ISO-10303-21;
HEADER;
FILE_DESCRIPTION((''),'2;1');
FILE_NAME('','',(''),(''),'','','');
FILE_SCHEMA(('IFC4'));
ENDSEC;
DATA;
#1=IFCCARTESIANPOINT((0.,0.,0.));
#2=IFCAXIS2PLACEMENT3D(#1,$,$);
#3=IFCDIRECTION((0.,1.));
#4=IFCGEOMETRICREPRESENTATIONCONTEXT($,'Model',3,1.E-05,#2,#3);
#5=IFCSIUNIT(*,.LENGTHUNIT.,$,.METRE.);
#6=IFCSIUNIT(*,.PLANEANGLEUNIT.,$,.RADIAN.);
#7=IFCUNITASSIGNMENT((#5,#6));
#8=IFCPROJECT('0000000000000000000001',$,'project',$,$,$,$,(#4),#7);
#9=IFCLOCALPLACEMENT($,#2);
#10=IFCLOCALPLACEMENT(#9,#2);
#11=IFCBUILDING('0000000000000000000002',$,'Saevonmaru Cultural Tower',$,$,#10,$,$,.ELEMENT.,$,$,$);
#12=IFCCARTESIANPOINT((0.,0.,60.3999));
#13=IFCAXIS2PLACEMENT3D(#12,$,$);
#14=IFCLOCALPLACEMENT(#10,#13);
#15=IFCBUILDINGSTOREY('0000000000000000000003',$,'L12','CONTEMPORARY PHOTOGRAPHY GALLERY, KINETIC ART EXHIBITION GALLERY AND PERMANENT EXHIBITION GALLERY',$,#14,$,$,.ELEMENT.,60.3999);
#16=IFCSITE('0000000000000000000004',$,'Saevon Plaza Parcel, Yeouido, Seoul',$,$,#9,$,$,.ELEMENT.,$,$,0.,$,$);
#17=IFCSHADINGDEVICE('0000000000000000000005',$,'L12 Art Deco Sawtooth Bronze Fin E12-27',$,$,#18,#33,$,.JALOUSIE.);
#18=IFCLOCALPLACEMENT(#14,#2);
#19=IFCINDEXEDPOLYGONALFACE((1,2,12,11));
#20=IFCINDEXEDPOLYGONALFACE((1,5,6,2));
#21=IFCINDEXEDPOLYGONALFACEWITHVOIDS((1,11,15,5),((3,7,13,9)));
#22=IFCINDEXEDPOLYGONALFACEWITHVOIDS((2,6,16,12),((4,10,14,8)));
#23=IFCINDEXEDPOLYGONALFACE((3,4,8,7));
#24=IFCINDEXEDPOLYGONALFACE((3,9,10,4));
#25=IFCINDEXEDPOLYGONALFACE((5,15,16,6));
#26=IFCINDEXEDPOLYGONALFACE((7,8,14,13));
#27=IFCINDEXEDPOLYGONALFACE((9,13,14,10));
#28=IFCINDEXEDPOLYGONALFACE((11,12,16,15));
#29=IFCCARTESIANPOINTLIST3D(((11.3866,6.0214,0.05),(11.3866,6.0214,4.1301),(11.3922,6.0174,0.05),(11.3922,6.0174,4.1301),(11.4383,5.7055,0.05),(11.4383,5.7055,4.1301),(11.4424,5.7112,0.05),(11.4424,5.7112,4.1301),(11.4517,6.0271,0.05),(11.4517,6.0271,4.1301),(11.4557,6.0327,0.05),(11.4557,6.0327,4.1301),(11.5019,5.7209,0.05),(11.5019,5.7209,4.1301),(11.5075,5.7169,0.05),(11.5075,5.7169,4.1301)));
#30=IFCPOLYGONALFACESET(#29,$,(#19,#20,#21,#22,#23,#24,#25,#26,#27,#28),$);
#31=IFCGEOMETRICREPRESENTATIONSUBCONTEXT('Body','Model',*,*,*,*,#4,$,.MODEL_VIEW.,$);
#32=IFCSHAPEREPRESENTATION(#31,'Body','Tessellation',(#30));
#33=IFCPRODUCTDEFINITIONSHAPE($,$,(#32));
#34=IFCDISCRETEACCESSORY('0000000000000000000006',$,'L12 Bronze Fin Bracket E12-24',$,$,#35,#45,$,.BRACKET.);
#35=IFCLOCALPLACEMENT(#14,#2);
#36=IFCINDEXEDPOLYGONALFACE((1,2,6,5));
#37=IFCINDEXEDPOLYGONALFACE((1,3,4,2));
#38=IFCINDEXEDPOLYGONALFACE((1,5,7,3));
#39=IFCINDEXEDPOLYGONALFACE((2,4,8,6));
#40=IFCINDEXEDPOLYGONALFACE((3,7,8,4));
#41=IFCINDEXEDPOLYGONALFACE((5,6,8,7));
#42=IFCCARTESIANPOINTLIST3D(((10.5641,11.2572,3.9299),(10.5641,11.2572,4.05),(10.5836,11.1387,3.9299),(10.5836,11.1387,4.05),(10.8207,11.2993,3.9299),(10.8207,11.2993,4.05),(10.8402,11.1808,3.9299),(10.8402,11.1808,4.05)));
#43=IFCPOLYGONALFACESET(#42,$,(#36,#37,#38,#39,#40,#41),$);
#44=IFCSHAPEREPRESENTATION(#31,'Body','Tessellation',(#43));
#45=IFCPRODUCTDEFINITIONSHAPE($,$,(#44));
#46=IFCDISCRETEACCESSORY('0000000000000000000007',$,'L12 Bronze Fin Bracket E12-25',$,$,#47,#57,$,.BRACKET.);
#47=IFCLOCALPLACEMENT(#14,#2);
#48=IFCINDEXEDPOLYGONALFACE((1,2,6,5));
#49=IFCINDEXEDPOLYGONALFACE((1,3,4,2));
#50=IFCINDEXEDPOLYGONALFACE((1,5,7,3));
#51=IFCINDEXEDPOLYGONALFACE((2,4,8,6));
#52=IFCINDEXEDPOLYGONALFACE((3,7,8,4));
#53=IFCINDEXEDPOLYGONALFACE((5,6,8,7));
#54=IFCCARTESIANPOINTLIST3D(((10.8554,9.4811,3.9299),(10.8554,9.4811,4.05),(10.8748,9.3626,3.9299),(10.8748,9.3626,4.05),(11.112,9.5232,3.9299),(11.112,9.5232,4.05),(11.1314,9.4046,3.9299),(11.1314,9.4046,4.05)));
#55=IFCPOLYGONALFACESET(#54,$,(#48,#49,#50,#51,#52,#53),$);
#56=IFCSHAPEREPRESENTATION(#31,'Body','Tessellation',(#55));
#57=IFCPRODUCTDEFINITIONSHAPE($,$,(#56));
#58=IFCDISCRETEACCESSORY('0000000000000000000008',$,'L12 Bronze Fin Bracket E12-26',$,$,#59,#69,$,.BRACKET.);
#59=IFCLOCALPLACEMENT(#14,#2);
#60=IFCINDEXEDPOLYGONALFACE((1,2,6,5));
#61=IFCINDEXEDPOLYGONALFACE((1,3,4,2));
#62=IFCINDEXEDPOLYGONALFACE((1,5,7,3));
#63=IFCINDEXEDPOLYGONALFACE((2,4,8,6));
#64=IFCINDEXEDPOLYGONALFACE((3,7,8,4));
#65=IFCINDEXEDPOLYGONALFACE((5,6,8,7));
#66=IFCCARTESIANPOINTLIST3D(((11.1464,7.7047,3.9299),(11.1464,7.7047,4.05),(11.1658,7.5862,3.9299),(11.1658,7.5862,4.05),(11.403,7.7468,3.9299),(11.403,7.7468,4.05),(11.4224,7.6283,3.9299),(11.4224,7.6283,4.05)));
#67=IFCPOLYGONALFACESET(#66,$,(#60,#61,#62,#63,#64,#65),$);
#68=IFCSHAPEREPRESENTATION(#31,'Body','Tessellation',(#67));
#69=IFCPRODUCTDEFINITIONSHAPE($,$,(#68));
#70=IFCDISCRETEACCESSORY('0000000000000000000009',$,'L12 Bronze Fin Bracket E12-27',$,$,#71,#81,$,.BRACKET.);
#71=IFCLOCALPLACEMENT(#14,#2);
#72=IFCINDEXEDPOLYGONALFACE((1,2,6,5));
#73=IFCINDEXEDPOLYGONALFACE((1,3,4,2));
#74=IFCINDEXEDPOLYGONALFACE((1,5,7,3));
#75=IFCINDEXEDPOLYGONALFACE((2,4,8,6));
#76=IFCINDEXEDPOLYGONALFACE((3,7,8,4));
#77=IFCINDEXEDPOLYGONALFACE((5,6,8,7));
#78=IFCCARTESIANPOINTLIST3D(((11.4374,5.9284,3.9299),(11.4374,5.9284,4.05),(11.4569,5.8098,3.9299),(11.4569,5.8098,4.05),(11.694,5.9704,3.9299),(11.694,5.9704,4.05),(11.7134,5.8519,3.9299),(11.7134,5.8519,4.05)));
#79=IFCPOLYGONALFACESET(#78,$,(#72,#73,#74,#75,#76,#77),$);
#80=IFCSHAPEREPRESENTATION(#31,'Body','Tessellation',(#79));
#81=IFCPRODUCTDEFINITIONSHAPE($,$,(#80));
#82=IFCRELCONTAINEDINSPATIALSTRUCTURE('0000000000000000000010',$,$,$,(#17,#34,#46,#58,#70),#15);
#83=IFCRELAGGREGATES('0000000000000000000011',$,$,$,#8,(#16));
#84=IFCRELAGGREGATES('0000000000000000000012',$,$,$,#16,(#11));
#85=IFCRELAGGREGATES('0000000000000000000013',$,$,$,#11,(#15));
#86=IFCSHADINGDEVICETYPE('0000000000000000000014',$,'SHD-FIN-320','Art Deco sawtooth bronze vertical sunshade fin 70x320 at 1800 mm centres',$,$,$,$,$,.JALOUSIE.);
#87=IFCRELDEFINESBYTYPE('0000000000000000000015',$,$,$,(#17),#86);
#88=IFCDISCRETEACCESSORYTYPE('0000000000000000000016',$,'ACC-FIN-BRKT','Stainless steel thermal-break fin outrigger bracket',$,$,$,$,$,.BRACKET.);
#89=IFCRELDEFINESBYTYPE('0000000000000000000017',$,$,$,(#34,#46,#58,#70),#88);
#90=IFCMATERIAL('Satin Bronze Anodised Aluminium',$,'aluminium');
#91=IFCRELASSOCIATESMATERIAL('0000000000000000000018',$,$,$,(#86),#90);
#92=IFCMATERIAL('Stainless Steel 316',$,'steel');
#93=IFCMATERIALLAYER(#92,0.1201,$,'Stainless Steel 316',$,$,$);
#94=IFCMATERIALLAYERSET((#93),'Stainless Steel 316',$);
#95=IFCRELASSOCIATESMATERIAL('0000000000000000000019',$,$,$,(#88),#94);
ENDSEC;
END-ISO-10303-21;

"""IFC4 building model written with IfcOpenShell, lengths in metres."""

from ifc_helpers import new_model, si_unit, direction, frame, origin, origin_2d, place, context, subcontext, project, spatial, rectangle, hollow_rectangle, extrude, material, layer, layer_set, material_profile, profile_set, type_object, element, save


model = new_model("IFC4")

# Units and contexts
model_context = context("Model", 3, precision=1e-05, world=origin(), true_north=direction((0.0, 1.0)))
body_context = subcontext(model_context, "Body", "Model", "MODEL_VIEW")
ifc_project = project(units=[si_unit("LENGTHUNIT", "METRE"), si_unit("PLANEANGLEUNIT", "RADIAN")], contexts=[model_context])

# Site, building, storey
site_placement = place(None, origin())
site = spatial("IfcSite", under=ifc_project, at=site_placement, Name="Saevon Plaza Parcel, Yeouido, Seoul", CompositionType="ELEMENT", RefElevation=0.0)
building_placement = place(site_placement, origin())
building = spatial("IfcBuilding", under=site, at=building_placement, Name="Saevonmaru Cultural Tower", CompositionType="ELEMENT")
storey_placement = place(building_placement, frame((0.0, 0.0, 60.3999)))
storey = spatial("IfcBuildingStorey", under=building, at=storey_placement, Name="L12", Description="CONTEMPORARY PHOTOGRAPHY GALLERY, KINETIC ART EXHIBITION GALLERY AND PERMANENT EXHIBITION GALLERY", CompositionType="ELEMENT", Elevation=60.3999)

# Shared definitions
ifc_material_1 = material(Name="Satin Bronze Anodised Aluminium", Category="aluminium")

# Shading device
ifc_material_profile_1 = material_profile(ifc_material_1, hollow_rectangle(XDim=0.0701, YDim=0.3201, WallThickness=0.0049, at=origin_2d()), Name="FIN-320x70")
ifc_profile_set_1 = profile_set([ifc_material_profile_1], Name="Satin Bronze Anodised Aluminium")
shading_device_type = type_object("IfcShadingDeviceType", Name="SHD-FIN-320", Description="Art Deco sawtooth bronze vertical sunshade fin 70x320 at 1800 mm centres", PredefinedType="JALOUSIE", material=ifc_profile_set_1)
for number, where, z_axis, x_axis, name in (
    (1, (11.447, 5.8691, 0.05), (0.0, 0.0, 1.0), (-0.986827, -0.161776, 0.0), "L12 Art Deco Sawtooth Bronze Fin E12-27"),
):
    element("IfcShadingDevice", number, at=place(storey_placement, frame(where, z_axis=z_axis, x_axis=x_axis)), inside=storey, type_object=shading_device_type, Name=name, PredefinedType="JALOUSIE", context=body_context, shape_type="SweptSolid", body=[
        extrude(hollow_rectangle(XDim=0.0701, YDim=0.3201, WallThickness=0.0049, at=origin_2d()), origin(), (0.0, 0.0, 1.0), 4.0801),
    ])

# Discrete accessories
ifc_material_2 = material(Name="Stainless Steel 316", Category="steel")
ifc_layer_1 = layer(ifc_material_2, 0.1201, Name="Stainless Steel 316")
ifc_layer_set_1 = layer_set([ifc_layer_1], Name="Stainless Steel 316")
discrete_accessory_type = type_object("IfcDiscreteAccessoryType", Name="ACC-FIN-BRKT", Description="Stainless steel thermal-break fin outrigger bracket", PredefinedType="BRACKET", material=ifc_layer_set_1)
for number, where, z_axis, x_axis, name in (
    (2, (10.7021, 11.219, 3.9299), (0.0, 0.0, 1.0), (-0.986827, -0.161776, 0.0), "L12 Bronze Fin Bracket E12-24"),
    (3, (10.9934, 9.4429, 3.9299), (0.0, 0.0, 1.0), (-0.986827, -0.161776, 0.0), "L12 Bronze Fin Bracket E12-25"),
    (4, (11.2844, 7.6665, 3.9299), (0.0, 0.0, 1.0), (-0.986827, -0.161776, 0.0), "L12 Bronze Fin Bracket E12-26"),
    (5, (11.5754, 5.8901, 3.9299), (0.0, 0.0, 1.0), (-0.986827, -0.161776, 0.0), "L12 Bronze Fin Bracket E12-27"),
):
    element("IfcDiscreteAccessory", number, at=place(storey_placement, frame(where, z_axis=z_axis, x_axis=x_axis)), inside=storey, type_object=discrete_accessory_type, Name=name, PredefinedType="BRACKET", context=body_context, shape_type="SweptSolid", body=[
        extrude(rectangle(XDim=0.26, YDim=0.1201, at=origin_2d()), origin(), (0.0, 0.0, 1.0), 0.1201),
    ])

save(model, "model.ifc")
